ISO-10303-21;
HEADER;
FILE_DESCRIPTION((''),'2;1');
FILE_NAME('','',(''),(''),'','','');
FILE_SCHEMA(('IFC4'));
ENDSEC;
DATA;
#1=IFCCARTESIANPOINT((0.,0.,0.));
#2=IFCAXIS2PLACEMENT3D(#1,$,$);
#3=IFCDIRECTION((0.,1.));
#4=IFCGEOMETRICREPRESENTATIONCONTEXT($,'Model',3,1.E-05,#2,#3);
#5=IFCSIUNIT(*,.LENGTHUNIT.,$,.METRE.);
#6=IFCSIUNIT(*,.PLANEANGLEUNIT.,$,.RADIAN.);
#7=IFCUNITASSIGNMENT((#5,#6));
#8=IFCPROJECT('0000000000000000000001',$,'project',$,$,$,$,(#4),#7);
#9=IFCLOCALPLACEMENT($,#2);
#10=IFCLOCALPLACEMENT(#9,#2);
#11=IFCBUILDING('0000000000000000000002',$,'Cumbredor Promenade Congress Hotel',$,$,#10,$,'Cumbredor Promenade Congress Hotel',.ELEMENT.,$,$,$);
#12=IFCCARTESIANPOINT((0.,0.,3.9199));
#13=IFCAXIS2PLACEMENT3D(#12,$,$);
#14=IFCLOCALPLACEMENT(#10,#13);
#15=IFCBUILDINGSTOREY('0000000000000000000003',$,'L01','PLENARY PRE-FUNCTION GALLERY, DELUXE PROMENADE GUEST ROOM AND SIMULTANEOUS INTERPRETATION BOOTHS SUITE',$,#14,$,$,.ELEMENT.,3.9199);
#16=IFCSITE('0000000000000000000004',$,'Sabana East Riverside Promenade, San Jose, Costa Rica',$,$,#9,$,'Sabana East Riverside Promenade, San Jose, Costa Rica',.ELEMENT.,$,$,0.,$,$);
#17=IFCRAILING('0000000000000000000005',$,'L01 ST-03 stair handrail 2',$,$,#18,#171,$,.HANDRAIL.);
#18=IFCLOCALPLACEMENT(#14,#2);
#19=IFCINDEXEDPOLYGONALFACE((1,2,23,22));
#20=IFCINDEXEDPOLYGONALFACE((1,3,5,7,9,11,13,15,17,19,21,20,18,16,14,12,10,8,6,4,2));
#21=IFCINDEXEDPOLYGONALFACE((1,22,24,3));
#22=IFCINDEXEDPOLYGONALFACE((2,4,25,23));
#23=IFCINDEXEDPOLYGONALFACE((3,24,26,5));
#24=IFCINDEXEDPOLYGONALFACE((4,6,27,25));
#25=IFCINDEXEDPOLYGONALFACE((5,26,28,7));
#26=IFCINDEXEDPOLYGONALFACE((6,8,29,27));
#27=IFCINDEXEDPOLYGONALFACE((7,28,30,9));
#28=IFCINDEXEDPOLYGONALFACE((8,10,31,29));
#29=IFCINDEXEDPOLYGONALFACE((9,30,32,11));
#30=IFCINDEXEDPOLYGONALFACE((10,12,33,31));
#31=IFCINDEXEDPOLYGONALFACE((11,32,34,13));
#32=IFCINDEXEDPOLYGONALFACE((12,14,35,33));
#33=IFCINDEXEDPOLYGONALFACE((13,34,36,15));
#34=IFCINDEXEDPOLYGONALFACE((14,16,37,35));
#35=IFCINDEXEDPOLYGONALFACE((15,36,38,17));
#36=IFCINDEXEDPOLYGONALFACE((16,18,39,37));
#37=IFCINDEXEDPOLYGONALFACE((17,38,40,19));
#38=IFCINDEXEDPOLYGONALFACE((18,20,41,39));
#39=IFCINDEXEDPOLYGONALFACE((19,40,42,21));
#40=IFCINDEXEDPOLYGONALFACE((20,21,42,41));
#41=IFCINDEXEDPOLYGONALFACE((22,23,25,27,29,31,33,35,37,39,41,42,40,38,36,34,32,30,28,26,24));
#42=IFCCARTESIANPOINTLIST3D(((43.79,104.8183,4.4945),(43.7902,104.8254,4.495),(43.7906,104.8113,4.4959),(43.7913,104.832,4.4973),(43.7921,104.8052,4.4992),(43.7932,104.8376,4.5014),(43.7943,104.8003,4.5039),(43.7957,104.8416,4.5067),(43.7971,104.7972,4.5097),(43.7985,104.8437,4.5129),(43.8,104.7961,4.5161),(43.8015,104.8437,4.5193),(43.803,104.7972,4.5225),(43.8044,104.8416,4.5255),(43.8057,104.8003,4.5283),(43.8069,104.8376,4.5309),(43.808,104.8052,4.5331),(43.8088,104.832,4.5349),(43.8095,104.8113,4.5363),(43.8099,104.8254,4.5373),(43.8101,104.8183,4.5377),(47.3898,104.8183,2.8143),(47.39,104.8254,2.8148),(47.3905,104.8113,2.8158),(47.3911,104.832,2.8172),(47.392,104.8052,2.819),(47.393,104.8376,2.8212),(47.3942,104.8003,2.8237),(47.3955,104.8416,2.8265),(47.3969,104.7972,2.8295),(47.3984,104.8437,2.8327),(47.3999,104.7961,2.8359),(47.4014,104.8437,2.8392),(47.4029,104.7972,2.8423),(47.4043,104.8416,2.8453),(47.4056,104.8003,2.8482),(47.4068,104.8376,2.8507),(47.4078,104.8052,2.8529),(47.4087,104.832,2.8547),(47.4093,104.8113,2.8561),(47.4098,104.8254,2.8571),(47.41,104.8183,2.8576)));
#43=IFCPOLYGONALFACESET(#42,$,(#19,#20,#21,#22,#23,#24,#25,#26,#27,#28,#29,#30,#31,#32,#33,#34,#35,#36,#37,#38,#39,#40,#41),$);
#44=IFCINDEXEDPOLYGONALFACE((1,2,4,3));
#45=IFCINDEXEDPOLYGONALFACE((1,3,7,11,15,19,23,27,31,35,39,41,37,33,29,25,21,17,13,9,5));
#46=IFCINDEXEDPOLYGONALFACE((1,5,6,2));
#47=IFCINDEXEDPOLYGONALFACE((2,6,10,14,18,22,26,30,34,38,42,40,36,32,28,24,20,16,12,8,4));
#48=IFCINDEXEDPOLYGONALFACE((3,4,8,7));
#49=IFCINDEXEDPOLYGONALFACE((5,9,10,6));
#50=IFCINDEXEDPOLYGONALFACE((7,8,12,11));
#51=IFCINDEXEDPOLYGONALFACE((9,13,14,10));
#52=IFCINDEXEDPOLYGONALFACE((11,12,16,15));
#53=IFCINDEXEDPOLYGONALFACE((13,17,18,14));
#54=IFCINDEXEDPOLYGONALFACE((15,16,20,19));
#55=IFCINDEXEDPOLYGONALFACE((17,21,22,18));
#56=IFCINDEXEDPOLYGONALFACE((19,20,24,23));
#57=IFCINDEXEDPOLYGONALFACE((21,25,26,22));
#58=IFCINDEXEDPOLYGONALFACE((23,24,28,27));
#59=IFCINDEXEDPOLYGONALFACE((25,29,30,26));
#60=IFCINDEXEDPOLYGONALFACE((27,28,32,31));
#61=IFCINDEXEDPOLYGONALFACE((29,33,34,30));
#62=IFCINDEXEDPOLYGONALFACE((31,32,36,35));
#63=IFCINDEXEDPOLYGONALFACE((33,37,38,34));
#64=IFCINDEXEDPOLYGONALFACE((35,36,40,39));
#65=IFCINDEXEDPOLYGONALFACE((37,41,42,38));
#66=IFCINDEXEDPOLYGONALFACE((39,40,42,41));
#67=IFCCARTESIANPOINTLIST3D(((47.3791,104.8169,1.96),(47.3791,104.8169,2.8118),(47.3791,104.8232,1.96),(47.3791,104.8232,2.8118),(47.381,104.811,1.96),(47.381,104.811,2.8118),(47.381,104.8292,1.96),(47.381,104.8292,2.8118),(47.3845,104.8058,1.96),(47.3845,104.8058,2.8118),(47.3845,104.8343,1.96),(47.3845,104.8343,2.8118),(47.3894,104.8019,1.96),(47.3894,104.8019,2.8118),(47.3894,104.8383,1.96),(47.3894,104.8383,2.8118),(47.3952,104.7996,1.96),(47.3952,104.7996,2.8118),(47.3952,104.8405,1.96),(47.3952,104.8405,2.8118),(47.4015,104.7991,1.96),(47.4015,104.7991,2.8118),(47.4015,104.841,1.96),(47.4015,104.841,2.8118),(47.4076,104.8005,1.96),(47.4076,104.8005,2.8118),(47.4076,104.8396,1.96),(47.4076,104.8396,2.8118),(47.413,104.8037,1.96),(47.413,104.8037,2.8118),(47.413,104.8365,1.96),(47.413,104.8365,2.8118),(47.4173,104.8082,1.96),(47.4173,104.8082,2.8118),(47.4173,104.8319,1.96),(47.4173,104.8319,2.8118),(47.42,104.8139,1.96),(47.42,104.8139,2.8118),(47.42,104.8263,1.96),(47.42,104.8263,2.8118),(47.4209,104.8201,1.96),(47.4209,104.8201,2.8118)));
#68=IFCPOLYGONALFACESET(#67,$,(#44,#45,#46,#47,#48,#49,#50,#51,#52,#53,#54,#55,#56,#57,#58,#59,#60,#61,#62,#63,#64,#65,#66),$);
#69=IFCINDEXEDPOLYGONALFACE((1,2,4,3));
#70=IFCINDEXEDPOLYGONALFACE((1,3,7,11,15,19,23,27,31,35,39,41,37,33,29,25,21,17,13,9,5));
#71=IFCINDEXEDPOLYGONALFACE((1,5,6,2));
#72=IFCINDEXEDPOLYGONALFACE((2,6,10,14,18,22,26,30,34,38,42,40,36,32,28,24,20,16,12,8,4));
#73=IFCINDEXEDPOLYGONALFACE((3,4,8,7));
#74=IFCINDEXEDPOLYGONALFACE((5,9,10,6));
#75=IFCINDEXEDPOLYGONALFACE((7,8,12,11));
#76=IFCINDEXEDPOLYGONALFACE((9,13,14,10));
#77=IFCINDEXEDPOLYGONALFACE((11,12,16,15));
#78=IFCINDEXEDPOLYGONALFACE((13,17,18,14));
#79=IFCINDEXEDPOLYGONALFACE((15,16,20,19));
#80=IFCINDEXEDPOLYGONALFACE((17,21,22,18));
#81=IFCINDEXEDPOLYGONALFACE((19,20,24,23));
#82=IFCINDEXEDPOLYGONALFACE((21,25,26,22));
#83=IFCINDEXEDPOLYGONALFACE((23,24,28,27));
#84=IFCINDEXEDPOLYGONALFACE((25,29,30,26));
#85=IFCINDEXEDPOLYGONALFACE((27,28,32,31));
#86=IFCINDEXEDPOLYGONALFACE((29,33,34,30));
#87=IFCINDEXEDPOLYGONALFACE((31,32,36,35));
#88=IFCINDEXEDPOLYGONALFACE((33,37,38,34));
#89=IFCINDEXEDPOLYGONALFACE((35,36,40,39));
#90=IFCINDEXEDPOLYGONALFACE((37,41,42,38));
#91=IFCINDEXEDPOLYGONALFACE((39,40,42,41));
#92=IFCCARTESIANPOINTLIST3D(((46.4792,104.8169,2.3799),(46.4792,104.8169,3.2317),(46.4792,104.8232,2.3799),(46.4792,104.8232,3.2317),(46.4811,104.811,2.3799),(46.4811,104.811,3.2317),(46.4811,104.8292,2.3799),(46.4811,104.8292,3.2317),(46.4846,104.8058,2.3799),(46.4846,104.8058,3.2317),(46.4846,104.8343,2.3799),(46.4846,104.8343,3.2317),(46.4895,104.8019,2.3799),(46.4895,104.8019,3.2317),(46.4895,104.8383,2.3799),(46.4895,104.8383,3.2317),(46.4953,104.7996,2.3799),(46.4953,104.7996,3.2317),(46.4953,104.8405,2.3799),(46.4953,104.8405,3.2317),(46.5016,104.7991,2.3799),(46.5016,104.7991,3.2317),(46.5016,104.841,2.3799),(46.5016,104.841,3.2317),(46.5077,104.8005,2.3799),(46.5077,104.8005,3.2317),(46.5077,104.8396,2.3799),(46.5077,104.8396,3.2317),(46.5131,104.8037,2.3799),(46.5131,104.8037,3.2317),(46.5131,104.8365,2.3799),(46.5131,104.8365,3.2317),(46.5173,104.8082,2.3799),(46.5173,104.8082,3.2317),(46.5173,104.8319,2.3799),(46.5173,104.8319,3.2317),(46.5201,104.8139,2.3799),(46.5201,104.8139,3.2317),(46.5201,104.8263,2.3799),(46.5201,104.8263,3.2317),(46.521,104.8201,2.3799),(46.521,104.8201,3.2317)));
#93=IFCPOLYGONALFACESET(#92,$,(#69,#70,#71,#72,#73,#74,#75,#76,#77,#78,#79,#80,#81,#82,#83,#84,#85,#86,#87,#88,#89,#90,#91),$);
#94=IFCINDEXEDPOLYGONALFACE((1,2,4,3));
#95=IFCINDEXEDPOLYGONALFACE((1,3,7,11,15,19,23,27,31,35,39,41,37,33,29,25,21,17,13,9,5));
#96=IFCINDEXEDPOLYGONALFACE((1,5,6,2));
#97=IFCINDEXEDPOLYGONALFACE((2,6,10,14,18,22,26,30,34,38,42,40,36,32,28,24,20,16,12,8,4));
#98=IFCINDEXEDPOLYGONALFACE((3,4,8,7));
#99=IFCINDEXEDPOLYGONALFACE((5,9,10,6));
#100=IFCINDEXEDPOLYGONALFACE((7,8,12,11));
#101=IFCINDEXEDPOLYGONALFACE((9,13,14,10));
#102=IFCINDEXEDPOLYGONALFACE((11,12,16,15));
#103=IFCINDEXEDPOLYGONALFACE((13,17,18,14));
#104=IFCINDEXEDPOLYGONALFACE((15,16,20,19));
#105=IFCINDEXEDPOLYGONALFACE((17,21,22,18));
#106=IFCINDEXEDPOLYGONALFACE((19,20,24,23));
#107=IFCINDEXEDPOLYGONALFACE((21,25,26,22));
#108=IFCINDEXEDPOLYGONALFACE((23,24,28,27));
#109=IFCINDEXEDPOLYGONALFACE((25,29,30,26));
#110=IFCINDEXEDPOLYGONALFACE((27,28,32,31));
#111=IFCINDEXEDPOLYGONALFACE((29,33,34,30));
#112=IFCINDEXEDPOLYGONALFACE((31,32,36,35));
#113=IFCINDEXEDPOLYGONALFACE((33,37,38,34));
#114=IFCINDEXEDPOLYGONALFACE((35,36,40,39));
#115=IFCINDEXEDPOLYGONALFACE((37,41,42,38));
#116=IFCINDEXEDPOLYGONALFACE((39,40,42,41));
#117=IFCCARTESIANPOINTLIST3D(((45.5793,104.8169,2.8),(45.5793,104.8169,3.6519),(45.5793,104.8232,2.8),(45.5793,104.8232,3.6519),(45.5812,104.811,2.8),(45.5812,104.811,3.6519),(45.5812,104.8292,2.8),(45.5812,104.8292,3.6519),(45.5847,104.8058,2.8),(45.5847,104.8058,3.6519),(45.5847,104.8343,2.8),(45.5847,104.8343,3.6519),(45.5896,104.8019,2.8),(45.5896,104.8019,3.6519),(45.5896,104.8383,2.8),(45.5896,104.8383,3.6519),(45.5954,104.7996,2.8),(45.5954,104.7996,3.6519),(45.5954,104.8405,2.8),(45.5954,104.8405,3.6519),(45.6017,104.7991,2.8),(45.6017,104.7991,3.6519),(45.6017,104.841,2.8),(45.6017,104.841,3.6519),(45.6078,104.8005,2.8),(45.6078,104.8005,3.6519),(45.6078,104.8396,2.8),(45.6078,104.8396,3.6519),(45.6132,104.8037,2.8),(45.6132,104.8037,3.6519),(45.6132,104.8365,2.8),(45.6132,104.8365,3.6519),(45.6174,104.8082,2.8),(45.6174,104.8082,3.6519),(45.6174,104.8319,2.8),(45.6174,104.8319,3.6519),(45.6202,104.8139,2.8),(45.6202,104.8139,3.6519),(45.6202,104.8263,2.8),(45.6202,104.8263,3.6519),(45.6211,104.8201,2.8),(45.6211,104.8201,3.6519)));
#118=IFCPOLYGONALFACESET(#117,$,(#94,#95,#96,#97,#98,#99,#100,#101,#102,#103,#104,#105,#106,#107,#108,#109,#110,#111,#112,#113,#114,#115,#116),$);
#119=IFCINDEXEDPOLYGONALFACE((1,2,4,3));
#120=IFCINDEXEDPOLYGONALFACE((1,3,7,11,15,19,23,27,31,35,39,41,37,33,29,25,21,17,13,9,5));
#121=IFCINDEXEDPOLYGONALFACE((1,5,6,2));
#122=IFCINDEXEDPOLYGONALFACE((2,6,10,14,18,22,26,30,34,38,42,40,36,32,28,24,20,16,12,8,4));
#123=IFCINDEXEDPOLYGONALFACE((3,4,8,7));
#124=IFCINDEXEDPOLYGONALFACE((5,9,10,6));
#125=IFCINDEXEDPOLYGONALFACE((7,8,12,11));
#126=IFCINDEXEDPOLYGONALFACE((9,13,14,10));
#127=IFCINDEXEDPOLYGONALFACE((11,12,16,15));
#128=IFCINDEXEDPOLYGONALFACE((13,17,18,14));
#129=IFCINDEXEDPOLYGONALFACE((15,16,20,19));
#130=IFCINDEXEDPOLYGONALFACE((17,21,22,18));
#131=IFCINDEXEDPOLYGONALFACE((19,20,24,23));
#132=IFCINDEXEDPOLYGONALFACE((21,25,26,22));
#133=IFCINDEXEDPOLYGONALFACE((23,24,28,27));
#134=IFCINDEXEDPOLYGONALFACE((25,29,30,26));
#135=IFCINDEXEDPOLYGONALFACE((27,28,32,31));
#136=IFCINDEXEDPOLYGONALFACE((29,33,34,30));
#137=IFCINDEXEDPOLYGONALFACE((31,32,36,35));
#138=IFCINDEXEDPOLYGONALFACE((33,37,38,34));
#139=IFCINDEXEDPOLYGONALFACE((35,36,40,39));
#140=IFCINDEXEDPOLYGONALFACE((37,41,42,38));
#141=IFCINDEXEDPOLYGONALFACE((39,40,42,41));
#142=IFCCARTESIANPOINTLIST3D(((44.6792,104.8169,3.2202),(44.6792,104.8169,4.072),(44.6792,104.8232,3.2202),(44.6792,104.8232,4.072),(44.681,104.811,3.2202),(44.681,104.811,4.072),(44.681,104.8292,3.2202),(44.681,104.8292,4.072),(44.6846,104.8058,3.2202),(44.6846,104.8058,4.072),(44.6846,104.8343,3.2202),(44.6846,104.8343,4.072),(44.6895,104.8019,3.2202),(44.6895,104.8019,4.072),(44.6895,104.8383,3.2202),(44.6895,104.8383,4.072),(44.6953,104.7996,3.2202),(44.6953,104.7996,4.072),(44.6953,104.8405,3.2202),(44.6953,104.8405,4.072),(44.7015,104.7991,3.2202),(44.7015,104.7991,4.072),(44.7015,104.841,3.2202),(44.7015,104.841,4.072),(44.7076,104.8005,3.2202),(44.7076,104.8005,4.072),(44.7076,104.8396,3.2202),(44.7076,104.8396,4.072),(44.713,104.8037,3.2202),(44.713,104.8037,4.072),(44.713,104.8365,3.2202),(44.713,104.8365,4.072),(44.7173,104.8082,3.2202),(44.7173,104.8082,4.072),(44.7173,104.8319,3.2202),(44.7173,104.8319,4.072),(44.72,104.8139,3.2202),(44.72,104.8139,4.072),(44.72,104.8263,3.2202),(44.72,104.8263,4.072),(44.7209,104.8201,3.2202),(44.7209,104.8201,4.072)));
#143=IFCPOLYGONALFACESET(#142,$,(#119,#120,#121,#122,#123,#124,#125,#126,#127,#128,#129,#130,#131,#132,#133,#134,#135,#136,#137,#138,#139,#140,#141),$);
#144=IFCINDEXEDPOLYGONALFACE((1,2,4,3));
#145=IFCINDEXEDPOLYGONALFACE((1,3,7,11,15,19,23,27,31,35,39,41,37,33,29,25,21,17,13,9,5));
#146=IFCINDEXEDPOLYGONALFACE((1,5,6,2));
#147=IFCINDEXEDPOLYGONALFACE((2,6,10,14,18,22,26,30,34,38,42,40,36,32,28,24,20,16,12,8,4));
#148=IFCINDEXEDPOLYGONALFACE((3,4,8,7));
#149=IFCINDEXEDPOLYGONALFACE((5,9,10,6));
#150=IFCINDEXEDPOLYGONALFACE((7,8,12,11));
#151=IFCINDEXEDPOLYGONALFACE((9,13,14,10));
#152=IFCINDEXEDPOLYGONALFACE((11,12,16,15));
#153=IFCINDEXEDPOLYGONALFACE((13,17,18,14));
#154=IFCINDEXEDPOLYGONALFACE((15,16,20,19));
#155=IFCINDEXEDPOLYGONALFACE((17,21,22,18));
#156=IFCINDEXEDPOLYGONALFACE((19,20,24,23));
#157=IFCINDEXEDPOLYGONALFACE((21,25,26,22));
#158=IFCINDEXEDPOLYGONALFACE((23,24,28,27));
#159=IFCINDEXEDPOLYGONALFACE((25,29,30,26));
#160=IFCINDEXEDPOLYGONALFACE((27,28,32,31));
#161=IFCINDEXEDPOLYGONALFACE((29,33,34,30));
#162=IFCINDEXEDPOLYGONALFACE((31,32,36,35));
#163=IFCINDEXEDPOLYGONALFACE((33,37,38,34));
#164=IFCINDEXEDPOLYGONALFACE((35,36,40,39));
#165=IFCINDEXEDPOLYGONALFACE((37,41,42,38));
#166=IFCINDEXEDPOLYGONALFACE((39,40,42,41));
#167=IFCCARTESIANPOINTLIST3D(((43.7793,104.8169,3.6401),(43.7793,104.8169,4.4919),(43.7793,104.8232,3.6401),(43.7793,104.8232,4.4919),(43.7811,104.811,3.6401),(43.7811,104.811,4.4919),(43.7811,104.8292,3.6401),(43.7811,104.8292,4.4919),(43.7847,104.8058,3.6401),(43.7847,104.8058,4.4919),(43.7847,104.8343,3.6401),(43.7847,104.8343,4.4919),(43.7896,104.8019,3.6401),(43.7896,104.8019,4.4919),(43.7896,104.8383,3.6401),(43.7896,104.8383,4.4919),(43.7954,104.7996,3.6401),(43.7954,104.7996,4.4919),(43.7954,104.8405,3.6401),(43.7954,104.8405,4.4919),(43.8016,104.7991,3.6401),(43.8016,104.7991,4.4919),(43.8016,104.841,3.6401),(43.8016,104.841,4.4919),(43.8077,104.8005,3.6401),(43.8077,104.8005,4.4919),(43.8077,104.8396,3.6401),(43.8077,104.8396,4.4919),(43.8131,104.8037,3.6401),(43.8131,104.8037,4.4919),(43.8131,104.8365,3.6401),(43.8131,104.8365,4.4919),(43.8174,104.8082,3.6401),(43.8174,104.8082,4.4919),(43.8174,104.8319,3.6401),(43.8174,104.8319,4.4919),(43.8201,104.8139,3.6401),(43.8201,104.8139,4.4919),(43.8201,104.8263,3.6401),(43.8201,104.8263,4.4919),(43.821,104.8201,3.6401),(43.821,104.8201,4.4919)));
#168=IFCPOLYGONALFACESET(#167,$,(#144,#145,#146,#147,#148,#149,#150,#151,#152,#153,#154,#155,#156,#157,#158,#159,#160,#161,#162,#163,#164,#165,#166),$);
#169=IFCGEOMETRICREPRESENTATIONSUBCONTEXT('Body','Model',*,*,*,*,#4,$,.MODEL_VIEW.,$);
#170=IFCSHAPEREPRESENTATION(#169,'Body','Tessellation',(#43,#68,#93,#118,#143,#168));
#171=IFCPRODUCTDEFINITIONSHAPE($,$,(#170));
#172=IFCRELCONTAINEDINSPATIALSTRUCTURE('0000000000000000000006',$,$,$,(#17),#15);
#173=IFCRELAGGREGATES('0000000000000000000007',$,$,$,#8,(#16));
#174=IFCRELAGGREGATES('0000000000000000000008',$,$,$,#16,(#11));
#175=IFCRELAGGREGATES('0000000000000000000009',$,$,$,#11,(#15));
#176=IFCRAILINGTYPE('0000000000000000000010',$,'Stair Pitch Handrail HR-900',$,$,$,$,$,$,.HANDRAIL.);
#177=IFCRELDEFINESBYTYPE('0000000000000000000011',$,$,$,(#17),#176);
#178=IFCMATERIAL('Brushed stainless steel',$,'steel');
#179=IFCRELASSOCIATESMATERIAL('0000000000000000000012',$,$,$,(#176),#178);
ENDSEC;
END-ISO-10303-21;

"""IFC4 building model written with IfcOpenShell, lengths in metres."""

from ifc_helpers import new_model, si_unit, direction, frame, origin, origin_2d, place, context, subcontext, project, spatial, circle, extrude, material, type_object, element, save


model = new_model("IFC4")

# Units and contexts
model_context = context("Model", 3, precision=1e-05, world=origin(), true_north=direction((0.0, 1.0)))
body_context = subcontext(model_context, "Body", "Model", "MODEL_VIEW")
ifc_project = project(units=[si_unit("LENGTHUNIT", "METRE"), si_unit("PLANEANGLEUNIT", "RADIAN")], contexts=[model_context])

# Site, building, storey
site_placement = place(None, origin())
site = spatial("IfcSite", under=ifc_project, at=site_placement, Name="Sabana East Riverside Promenade, San Jose, Costa Rica", LongName="Sabana East Riverside Promenade, San Jose, Costa Rica", CompositionType="ELEMENT", RefElevation=0.0)
building_placement = place(site_placement, origin())
building = spatial("IfcBuilding", under=site, at=building_placement, Name="Cumbredor Promenade Congress Hotel", LongName="Cumbredor Promenade Congress Hotel", CompositionType="ELEMENT")
storey_placement = place(building_placement, frame((0.0, 0.0, 3.9199)))
storey = spatial("IfcBuildingStorey", under=building, at=storey_placement, Name="L01", Description="PLENARY PRE-FUNCTION GALLERY, DELUXE PROMENADE GUEST ROOM AND SIMULTANEOUS INTERPRETATION BOOTHS SUITE", CompositionType="ELEMENT", Elevation=3.9199)

# Railing
ifc_material_1 = material(Name="Brushed stainless steel", Category="steel")
railing_type_1 = type_object("IfcRailingType", Name="Stair Pitch Handrail HR-900", PredefinedType="HANDRAIL", material=ifc_material_1)
railing_1_placement = place(storey_placement, frame((47.3999, 104.8201, 1.96)))
element("IfcRailing", 1, at=railing_1_placement, inside=storey, type_object=railing_type_1, Name="L01 ST-03 stair handrail 2", PredefinedType="HANDRAIL", context=body_context, shape_type="SweptSolid", body=[
    extrude(circle(Radius=0.0239, at=origin_2d()), frame((0.0, 0.0, 0.876), z_axis=(-0.90616, 0.0, 0.422936), x_axis=(0.0, -1.0, 0.0)), (0.0, 0.0, 1.0), 3.9727),
    extrude(circle(Radius=0.021, at=origin_2d()), origin(), (0.0, 0.0, 1.0), 0.8518),
    extrude(circle(Radius=0.021, at=origin_2d()), frame((-0.8999, 0.0, 0.4199)), (0.0, 0.0, 1.0), 0.8518),
    extrude(circle(Radius=0.021, at=origin_2d()), frame((-1.7998, 0.0, 0.8401)), (0.0, 0.0, 1.0), 0.8518),
    extrude(circle(Radius=0.021, at=origin_2d()), frame((-2.7, 0.0, 1.2603)), (0.0, 0.0, 1.0), 0.8518),
    extrude(circle(Radius=0.021, at=origin_2d()), frame((-3.5999, 0.0, 1.6802)), (0.0, 0.0, 1.0), 0.8518),
])

save(model, "model.ifc")
